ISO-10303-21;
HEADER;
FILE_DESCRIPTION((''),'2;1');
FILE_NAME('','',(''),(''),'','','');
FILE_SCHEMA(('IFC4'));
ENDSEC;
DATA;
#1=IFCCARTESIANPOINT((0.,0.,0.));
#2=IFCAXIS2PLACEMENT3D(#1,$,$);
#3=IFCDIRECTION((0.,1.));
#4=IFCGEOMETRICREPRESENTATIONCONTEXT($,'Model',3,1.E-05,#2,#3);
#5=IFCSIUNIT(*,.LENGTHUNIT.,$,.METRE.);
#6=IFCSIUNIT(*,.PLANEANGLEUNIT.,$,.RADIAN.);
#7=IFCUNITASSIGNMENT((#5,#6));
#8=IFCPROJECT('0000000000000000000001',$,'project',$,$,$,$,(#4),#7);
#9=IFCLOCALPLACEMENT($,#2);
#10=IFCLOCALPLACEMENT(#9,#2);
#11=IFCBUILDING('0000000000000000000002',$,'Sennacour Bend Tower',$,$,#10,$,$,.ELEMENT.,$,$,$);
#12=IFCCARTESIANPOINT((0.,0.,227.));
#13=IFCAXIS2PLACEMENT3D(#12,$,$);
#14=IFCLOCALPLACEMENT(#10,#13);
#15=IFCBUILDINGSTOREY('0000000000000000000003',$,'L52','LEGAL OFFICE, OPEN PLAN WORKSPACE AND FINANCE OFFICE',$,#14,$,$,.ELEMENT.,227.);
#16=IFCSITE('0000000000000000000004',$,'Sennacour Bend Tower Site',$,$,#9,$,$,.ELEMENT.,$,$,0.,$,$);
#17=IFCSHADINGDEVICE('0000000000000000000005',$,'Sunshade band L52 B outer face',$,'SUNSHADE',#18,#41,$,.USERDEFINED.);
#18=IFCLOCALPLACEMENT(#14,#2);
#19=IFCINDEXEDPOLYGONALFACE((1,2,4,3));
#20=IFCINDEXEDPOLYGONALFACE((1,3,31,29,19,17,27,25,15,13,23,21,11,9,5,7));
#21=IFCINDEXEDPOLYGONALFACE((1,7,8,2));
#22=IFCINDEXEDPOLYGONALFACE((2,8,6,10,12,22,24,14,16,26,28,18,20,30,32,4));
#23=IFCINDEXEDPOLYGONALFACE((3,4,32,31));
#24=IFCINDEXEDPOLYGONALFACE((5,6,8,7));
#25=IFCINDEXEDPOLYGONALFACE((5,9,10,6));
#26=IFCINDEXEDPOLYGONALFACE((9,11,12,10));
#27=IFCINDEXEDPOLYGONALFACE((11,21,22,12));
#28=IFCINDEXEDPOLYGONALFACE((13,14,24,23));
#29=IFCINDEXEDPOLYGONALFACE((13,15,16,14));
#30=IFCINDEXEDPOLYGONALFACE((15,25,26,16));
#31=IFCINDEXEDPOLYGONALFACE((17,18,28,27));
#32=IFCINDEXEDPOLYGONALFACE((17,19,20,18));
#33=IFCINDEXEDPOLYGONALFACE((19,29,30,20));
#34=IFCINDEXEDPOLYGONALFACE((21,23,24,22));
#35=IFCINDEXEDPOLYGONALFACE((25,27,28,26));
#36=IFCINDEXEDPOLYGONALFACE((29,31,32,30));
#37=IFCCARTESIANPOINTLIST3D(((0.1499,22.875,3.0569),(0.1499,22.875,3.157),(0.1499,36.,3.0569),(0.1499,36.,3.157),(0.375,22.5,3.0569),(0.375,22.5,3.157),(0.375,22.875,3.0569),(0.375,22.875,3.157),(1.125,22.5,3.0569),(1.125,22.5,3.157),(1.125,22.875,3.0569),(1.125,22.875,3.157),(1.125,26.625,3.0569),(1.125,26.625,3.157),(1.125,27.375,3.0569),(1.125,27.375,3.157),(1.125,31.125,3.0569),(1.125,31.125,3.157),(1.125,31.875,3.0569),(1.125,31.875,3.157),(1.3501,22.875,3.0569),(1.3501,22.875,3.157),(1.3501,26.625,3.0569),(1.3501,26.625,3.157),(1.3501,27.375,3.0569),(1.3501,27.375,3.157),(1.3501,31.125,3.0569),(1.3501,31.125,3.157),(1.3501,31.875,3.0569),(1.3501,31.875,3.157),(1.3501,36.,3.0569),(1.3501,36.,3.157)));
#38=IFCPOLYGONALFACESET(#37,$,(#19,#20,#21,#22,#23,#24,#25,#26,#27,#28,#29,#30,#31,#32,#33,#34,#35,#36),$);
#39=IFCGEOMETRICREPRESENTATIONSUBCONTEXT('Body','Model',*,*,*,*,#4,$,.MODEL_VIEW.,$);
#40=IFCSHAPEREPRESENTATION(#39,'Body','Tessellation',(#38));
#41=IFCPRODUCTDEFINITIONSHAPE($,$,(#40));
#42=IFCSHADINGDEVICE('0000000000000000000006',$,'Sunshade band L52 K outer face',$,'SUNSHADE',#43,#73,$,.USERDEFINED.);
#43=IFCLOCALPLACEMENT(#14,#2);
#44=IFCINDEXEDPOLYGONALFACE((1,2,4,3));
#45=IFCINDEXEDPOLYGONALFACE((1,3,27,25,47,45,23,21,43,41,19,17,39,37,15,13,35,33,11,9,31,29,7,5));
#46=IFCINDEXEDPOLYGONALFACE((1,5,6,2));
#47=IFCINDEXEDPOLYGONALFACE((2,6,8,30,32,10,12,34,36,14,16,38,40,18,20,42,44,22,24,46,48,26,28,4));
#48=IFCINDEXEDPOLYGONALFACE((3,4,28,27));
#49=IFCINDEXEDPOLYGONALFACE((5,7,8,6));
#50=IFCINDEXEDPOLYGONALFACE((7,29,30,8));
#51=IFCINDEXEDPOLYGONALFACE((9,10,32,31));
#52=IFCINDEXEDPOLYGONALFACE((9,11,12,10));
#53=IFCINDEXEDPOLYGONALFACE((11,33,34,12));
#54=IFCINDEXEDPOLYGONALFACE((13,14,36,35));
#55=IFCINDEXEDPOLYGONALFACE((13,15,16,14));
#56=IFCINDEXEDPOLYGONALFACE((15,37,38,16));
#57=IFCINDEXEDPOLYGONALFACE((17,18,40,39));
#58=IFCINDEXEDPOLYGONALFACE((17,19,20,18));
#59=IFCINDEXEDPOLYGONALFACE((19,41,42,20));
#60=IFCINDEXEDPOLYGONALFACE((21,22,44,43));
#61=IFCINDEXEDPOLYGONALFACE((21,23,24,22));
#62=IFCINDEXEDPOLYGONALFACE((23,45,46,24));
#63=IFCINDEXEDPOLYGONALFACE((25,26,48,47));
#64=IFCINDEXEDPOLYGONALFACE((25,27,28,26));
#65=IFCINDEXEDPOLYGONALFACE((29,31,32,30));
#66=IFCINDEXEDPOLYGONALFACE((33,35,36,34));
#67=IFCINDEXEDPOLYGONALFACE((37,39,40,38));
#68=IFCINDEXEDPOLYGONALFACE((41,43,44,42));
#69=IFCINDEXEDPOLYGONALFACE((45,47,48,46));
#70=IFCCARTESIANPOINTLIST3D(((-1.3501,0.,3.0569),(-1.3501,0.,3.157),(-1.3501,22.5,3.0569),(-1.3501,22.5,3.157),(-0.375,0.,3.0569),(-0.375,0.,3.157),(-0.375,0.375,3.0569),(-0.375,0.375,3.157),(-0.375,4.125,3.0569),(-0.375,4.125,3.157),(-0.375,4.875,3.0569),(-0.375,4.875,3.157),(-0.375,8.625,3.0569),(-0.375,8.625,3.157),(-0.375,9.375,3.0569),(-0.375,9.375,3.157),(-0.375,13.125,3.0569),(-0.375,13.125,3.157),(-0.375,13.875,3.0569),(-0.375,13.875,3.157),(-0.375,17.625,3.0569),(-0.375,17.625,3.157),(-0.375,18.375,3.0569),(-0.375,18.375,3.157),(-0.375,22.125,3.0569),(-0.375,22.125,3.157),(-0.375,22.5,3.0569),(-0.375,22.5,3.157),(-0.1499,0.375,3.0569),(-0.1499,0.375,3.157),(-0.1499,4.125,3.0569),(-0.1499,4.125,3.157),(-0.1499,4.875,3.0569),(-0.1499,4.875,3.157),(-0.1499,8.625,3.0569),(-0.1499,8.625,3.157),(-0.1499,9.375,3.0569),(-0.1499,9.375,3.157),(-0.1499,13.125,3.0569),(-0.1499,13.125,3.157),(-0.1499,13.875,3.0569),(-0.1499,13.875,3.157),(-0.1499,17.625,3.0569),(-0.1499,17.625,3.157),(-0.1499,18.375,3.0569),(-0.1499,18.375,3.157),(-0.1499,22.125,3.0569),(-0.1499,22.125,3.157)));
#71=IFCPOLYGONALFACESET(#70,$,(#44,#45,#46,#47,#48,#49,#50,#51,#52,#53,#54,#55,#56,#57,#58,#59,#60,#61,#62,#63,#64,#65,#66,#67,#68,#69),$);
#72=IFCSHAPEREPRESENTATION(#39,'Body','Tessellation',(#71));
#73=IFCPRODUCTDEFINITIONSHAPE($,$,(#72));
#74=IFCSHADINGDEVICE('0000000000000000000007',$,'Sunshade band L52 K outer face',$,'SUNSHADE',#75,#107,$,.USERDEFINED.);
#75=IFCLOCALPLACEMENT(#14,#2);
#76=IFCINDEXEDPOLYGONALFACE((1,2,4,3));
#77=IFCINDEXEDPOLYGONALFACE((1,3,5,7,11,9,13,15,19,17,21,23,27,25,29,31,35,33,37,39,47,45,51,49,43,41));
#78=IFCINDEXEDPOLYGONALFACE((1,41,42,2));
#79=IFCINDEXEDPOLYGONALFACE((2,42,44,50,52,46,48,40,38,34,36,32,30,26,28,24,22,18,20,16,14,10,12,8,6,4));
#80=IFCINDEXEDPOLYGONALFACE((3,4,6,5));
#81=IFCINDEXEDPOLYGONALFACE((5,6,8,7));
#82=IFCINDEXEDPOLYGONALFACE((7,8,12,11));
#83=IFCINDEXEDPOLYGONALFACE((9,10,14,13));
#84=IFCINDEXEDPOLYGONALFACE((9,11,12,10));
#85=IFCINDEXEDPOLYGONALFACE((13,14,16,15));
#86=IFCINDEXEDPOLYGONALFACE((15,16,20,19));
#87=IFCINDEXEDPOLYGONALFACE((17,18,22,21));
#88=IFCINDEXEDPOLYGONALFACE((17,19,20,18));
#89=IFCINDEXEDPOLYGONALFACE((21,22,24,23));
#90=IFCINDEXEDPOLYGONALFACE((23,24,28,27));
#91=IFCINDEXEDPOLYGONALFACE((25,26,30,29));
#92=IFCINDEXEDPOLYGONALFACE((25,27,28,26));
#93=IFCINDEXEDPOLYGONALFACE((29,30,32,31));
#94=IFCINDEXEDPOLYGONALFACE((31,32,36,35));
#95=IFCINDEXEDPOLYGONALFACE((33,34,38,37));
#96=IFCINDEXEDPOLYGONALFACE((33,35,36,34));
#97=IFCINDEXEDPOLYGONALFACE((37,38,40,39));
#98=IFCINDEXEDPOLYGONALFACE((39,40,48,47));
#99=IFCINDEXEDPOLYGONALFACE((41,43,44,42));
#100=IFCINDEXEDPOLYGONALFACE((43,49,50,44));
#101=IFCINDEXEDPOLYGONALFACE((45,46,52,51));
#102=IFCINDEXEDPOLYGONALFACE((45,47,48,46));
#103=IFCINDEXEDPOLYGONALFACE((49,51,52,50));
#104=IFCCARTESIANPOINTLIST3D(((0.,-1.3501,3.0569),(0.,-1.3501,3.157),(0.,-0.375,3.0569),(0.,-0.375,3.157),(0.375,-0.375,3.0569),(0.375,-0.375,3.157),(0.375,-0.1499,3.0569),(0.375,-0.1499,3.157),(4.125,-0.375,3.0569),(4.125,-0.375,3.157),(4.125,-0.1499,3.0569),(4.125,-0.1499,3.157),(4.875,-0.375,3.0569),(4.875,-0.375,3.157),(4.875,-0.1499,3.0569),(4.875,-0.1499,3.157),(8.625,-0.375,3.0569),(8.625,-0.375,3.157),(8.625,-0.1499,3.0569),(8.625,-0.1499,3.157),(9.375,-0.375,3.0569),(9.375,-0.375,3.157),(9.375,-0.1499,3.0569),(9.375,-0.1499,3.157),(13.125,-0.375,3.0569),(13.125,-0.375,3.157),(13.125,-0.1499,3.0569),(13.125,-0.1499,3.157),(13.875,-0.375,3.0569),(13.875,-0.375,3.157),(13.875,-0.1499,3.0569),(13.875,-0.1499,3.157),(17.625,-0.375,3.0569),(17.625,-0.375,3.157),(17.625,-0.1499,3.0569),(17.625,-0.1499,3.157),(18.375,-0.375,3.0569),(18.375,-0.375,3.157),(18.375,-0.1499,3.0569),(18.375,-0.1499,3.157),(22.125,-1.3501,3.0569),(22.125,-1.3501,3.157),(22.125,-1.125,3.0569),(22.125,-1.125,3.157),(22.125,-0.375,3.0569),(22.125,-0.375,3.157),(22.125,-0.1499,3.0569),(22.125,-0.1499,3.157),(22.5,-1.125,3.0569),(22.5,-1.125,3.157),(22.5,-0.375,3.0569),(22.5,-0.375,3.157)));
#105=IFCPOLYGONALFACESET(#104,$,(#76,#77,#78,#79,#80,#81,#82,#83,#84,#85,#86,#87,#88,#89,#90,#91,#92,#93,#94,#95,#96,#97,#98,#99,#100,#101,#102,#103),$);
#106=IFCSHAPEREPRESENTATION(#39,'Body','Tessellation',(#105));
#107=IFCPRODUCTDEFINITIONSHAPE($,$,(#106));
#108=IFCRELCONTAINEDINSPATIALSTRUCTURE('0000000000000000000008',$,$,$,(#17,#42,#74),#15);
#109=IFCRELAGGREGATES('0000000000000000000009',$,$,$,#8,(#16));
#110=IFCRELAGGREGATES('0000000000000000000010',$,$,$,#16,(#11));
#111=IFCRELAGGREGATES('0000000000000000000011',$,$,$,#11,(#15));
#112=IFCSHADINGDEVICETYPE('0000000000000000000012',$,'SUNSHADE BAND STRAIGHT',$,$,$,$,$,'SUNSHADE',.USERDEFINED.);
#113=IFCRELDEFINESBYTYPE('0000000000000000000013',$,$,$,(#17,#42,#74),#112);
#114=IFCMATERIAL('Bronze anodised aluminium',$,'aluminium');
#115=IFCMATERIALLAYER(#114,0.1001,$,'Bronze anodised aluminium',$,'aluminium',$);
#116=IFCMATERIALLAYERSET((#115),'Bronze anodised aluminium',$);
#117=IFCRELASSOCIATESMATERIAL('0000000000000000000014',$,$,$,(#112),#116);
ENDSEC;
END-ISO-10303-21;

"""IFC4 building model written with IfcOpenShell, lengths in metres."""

from ifc_helpers import new_model, si_unit, direction, frame, origin, place, context, subcontext, project, spatial, polyline, outline, extrude, material, layer, layer_set, type_object, element, save


model = new_model("IFC4")

# Units and contexts
model_context = context("Model", 3, precision=1e-05, world=origin(), true_north=direction((0.0, 1.0)))
body_context = subcontext(model_context, "Body", "Model", "MODEL_VIEW")
ifc_project = project(units=[si_unit("LENGTHUNIT", "METRE"), si_unit("PLANEANGLEUNIT", "RADIAN")], contexts=[model_context])

# Site, building, storey
site_placement = place(None, origin())
site = spatial("IfcSite", under=ifc_project, at=site_placement, Name="Sennacour Bend Tower Site", CompositionType="ELEMENT", RefElevation=0.0)
building_placement = place(site_placement, origin())
building = spatial("IfcBuilding", under=site, at=building_placement, Name="Sennacour Bend Tower", CompositionType="ELEMENT")
storey_placement = place(building_placement, frame((0.0, 0.0, 227.0)))
storey = spatial("IfcBuildingStorey", under=building, at=storey_placement, Name="L52", Description="LEGAL OFFICE, OPEN PLAN WORKSPACE AND FINANCE OFFICE", CompositionType="ELEMENT", Elevation=227.0)

# Shading devices
ifc_material_1 = material(Name="Bronze anodised aluminium", Category="aluminium")
ifc_layer_1 = layer(ifc_material_1, 0.1001, Name="Bronze anodised aluminium", Category="aluminium")
ifc_layer_set_1 = layer_set([ifc_layer_1], Name="Bronze anodised aluminium")
shading_device_type_1 = type_object("IfcShadingDeviceType", Name="SUNSHADE BAND STRAIGHT", ElementType="SUNSHADE", PredefinedType="USERDEFINED", material=ifc_layer_set_1)
shading_device_1_placement = place(storey_placement, frame((0.0, 0.0, 3.0569)))
element("IfcShadingDevice", 1, at=shading_device_1_placement, inside=storey, type_object=shading_device_type_1, Name="Sunshade band L52 B outer face", ObjectType="SUNSHADE", PredefinedType="USERDEFINED", context=body_context, shape_type="SweptSolid", body=[
    extrude(outline(polyline([(1.3501, 31.875), (1.125, 31.875), (1.125, 31.125), (1.3501, 31.125), (1.3501, 27.375), (1.125, 27.375), (1.125, 26.625), (1.3501, 26.625), (1.3501, 22.875), (1.125, 22.875), (1.125, 22.5), (0.375, 22.5), (0.375, 22.875), (0.1499, 22.875), (0.1499, 36.0), (1.3501, 36.0), (1.3501, 31.875)])), origin(), (0.0, 0.0, 1.0), 0.1001),
])
shading_device_2_placement = place(storey_placement, frame((0.0, 0.0, 3.0569)))
element("IfcShadingDevice", 2, at=shading_device_2_placement, inside=storey, type_object=shading_device_type_1, Name="Sunshade band L52 K outer face", ObjectType="SUNSHADE", PredefinedType="USERDEFINED", context=body_context, shape_type="SweptSolid", body=[
    extrude(outline(polyline([(-0.1499, 18.375), (-0.375, 18.375), (-0.375, 17.625), (-0.1499, 17.625), (-0.1499, 13.875), (-0.375, 13.875), (-0.375, 13.125), (-0.1499, 13.125), (-0.1499, 9.375), (-0.375, 9.375), (-0.375, 8.625), (-0.1499, 8.625), (-0.1499, 4.875), (-0.375, 4.875), (-0.375, 4.125), (-0.1499, 4.125), (-0.1499, 0.375), (-0.375, 0.375), (-0.375, 0.0), (-1.3501, 0.0), (-1.3501, 22.5), (-0.375, 22.5), (-0.375, 22.125), (-0.1499, 22.125), (-0.1499, 18.375)])), origin(), (0.0, 0.0, 1.0), 0.1001),
])
shading_device_3_placement = place(storey_placement, frame((0.0, 0.0, 3.0569)))
element("IfcShadingDevice", 3, at=shading_device_3_placement, inside=storey, type_object=shading_device_type_1, Name="Sunshade band L52 K outer face", ObjectType="SUNSHADE", PredefinedType="USERDEFINED", context=body_context, shape_type="SweptSolid", body=[
    extrude(outline(polyline([(4.125, -0.1499), (4.125, -0.375), (4.875, -0.375), (4.875, -0.1499), (8.625, -0.1499), (8.625, -0.375), (9.375, -0.375), (9.375, -0.1499), (13.125, -0.1499), (13.125, -0.375), (13.875, -0.375), (13.875, -0.1499), (17.625, -0.1499), (17.625, -0.375), (18.375, -0.375), (18.375, -0.1499), (22.125, -0.1499), (22.125, -0.375), (22.5, -0.375), (22.5, -1.125), (22.125, -1.125), (22.125, -1.3501), (0.0, -1.3501), (0.0, -0.375), (0.375, -0.375), (0.375, -0.1499), (4.125, -0.1499)])), origin(), (0.0, 0.0, 1.0), 0.1001),
])

save(model, "model.ifc")
